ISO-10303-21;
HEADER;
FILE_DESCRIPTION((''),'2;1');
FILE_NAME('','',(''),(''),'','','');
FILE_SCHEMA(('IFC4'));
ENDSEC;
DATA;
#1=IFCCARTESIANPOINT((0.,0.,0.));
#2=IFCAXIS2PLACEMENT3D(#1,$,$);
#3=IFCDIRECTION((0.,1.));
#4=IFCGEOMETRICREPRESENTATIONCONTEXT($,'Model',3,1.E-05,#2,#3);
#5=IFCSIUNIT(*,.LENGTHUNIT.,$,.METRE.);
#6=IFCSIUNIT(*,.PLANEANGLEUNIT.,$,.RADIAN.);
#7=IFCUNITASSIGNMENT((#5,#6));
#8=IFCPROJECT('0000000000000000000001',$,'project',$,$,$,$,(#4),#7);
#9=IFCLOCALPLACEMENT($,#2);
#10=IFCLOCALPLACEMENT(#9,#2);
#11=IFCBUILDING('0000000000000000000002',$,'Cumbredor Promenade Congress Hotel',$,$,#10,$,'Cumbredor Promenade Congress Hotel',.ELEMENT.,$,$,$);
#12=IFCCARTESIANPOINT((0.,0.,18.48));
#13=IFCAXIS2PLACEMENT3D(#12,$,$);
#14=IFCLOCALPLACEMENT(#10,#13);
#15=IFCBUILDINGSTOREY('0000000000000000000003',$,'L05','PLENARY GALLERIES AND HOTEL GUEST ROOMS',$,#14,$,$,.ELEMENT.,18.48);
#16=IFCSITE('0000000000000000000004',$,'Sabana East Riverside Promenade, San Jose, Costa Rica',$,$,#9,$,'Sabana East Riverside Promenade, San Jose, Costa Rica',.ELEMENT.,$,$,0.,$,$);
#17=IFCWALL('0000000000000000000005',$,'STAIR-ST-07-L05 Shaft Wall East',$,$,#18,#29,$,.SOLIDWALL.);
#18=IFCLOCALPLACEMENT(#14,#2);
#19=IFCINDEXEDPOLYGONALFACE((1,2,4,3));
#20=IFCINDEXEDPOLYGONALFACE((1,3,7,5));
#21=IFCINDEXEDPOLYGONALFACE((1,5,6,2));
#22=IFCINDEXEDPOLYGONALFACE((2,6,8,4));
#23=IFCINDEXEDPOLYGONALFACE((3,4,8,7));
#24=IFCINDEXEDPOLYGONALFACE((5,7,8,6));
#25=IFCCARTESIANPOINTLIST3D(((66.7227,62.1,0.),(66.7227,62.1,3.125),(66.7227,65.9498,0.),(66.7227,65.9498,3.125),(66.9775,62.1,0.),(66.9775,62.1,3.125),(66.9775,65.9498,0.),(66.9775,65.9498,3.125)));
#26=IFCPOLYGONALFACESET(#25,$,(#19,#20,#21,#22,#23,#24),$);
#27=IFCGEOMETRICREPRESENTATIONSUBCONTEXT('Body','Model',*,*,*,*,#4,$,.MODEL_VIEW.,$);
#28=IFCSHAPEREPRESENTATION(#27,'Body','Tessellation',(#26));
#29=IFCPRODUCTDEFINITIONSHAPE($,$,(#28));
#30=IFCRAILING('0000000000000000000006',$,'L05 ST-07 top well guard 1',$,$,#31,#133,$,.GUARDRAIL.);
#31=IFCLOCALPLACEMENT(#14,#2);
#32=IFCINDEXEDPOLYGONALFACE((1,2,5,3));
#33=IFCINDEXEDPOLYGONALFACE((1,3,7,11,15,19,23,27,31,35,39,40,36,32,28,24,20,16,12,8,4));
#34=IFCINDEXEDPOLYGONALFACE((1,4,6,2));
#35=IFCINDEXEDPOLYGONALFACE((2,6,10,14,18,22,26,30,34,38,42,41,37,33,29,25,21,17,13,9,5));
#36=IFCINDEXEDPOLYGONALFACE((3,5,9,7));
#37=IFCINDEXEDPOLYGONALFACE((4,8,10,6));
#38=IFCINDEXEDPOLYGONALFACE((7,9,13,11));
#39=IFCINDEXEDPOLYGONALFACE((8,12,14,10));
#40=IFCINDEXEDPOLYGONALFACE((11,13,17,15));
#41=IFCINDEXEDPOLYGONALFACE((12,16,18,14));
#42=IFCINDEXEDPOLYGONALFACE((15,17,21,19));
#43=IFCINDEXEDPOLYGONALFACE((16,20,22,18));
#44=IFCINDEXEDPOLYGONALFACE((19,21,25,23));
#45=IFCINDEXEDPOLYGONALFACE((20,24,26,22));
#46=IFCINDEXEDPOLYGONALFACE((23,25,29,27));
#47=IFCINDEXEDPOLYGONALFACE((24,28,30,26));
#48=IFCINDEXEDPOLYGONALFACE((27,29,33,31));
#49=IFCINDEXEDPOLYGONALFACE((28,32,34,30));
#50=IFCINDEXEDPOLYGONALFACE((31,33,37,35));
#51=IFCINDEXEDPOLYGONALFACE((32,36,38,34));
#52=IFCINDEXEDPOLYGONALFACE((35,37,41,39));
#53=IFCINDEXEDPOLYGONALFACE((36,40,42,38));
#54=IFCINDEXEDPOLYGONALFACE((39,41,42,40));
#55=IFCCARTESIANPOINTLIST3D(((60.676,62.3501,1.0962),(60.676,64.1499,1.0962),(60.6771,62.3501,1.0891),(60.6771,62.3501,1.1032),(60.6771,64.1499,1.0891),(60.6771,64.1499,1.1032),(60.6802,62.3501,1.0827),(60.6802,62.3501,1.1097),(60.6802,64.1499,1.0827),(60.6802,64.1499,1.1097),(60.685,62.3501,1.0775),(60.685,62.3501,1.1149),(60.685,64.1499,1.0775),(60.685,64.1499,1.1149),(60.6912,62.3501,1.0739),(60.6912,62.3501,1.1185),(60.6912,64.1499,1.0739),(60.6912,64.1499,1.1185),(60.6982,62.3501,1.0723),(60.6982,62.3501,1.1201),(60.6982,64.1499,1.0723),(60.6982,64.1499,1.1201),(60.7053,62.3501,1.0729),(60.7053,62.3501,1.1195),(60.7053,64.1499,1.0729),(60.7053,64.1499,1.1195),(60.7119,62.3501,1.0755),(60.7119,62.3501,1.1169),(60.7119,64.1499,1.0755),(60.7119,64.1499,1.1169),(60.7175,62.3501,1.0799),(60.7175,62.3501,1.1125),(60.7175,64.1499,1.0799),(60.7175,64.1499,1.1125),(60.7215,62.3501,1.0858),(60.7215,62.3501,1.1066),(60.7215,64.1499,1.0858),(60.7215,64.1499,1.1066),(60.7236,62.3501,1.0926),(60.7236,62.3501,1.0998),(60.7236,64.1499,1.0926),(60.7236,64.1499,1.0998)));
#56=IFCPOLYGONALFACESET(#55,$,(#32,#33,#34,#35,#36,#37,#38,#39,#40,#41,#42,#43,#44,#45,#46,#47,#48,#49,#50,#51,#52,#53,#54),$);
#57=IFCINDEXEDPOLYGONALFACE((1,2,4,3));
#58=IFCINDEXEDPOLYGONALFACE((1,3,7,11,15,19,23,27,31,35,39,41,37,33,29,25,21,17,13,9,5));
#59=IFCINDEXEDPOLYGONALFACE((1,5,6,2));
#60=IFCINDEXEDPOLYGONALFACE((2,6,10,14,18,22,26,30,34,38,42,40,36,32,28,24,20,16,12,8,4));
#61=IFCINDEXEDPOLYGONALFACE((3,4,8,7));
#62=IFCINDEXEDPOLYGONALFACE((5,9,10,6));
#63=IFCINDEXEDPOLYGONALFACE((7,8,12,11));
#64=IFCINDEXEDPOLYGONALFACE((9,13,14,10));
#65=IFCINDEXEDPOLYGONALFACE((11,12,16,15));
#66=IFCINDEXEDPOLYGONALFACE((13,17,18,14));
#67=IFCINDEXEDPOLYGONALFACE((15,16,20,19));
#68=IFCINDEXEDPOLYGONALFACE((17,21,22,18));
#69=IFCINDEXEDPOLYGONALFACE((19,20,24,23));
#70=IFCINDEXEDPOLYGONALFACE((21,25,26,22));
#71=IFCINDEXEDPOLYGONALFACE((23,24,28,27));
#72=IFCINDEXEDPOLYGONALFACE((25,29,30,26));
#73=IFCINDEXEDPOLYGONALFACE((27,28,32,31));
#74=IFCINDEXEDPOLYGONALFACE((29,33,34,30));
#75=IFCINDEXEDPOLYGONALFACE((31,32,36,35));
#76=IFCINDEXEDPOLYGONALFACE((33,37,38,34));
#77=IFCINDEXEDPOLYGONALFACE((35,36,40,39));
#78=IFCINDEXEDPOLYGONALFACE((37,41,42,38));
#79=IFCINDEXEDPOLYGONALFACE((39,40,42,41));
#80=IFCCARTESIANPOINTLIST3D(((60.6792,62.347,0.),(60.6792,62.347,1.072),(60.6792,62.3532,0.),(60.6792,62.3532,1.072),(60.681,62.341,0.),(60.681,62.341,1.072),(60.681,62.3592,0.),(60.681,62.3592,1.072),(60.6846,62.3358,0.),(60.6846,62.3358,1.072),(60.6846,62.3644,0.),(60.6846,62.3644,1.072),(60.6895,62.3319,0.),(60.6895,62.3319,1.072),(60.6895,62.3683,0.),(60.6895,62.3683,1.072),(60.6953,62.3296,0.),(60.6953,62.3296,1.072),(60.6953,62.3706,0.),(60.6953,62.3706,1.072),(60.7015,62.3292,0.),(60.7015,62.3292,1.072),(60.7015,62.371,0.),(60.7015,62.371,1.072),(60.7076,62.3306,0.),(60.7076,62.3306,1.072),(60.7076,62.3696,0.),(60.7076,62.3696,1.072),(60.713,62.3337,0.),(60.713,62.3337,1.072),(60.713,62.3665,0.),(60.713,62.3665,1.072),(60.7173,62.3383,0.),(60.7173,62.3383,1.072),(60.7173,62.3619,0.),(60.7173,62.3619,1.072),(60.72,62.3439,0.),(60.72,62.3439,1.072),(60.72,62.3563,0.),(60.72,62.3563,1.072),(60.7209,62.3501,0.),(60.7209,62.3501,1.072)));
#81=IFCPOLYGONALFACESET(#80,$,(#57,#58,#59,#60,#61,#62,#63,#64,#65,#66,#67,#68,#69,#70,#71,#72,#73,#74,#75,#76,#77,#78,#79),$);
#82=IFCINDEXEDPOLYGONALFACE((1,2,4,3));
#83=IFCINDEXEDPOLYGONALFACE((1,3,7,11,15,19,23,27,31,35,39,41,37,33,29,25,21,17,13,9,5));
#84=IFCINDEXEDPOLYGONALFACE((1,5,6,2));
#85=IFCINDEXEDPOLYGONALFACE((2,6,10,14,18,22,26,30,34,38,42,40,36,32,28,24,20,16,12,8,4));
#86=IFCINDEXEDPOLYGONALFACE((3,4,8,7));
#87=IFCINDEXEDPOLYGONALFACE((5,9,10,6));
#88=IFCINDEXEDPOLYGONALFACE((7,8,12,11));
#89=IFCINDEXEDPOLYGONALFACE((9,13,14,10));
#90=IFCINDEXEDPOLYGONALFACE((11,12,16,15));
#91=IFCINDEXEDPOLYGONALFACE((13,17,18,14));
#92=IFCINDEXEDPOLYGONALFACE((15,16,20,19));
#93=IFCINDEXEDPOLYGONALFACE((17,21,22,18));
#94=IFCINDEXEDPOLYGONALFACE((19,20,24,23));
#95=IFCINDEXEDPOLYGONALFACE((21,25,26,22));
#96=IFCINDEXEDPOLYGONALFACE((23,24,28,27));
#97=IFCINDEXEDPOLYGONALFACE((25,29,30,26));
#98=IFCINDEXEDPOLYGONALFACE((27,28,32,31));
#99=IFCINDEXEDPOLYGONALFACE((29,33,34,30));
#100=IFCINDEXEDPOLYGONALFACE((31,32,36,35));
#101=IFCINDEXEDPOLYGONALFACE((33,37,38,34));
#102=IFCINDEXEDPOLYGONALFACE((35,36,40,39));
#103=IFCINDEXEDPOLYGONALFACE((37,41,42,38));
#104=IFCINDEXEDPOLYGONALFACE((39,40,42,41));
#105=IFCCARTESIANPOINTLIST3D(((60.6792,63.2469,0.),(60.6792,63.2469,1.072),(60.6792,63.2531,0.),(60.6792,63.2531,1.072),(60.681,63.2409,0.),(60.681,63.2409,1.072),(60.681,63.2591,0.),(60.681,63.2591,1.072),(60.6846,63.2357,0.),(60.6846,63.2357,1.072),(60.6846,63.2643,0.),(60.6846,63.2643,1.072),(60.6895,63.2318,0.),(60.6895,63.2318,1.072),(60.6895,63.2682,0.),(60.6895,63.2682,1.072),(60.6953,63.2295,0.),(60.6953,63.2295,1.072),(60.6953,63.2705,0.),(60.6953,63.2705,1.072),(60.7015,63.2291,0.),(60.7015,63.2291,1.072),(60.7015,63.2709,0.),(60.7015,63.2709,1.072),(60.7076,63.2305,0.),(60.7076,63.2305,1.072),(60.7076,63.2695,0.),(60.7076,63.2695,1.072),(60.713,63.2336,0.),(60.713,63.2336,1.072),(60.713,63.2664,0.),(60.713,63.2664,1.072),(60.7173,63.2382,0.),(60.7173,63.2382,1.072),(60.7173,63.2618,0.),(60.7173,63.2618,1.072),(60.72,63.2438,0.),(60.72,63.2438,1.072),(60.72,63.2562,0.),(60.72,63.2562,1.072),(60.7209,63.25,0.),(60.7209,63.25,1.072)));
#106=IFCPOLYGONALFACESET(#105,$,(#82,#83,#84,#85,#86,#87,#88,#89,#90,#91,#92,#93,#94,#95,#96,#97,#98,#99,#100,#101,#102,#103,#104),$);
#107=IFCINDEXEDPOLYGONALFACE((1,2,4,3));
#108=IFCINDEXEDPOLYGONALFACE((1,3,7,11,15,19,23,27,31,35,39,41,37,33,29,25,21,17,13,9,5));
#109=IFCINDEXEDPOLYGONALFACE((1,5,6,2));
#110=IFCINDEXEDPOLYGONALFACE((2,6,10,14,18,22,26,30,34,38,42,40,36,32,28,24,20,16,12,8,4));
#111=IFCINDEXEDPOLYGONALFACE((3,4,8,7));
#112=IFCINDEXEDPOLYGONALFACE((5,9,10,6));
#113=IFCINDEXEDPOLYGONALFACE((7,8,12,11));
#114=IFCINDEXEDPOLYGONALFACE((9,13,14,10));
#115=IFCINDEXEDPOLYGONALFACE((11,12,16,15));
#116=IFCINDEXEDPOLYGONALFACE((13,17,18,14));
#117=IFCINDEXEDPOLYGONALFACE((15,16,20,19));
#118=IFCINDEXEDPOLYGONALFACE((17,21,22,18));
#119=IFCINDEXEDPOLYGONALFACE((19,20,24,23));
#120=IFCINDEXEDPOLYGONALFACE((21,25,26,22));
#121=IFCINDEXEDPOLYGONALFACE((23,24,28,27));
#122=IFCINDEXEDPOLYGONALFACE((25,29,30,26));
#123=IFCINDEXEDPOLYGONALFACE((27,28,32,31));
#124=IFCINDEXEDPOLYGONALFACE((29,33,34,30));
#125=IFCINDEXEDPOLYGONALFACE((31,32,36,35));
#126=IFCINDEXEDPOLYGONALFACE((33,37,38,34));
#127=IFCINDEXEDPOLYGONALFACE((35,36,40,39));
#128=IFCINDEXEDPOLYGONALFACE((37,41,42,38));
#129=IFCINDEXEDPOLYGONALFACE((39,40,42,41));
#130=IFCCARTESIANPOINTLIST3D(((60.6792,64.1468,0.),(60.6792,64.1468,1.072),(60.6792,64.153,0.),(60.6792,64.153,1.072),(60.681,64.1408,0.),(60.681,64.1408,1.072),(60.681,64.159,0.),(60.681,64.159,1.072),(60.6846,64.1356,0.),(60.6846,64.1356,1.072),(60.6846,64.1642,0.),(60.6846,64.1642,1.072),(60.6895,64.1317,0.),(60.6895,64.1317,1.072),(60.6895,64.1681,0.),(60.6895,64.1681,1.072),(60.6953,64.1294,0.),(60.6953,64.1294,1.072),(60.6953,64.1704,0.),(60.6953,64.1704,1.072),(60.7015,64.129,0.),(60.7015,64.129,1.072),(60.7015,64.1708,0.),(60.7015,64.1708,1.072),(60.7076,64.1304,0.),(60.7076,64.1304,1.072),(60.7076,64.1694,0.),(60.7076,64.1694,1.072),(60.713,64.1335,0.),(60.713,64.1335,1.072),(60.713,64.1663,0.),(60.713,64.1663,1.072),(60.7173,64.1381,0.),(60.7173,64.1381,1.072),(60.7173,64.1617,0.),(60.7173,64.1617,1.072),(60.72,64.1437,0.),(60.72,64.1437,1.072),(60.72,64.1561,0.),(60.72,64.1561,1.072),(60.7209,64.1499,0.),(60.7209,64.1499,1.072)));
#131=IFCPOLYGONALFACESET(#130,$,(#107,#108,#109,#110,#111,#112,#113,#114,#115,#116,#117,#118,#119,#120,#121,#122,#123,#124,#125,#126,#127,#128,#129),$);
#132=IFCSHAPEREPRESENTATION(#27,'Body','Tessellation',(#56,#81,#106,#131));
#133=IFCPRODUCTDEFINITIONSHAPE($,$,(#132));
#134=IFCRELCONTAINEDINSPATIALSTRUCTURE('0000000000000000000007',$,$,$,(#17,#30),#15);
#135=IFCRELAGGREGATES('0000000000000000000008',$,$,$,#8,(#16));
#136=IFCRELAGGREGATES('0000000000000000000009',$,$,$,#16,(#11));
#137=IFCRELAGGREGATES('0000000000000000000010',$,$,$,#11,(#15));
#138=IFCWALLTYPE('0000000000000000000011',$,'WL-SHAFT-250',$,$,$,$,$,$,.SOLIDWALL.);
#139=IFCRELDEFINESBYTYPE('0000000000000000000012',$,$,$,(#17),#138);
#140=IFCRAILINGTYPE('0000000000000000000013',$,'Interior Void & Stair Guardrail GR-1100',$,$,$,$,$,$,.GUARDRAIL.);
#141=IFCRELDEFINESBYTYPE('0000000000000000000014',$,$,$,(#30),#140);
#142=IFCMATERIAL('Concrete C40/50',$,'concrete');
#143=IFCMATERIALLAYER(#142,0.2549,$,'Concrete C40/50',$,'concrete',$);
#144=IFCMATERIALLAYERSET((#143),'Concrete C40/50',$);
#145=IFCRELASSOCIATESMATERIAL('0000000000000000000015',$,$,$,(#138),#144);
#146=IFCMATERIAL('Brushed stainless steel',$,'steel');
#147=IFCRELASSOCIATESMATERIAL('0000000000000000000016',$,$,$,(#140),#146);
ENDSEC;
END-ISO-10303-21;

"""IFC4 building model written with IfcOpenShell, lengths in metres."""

from ifc_helpers import new_model, si_unit, direction, frame, frame_2d, origin, origin_2d, place, context, subcontext, project, spatial, rectangle, circle, extrude, material, layer, layer_set, type_object, element, save


model = new_model("IFC4")

# Units and contexts
model_context = context("Model", 3, precision=1e-05, world=origin(), true_north=direction((0.0, 1.0)))
body_context = subcontext(model_context, "Body", "Model", "MODEL_VIEW")
ifc_project = project(units=[si_unit("LENGTHUNIT", "METRE"), si_unit("PLANEANGLEUNIT", "RADIAN")], contexts=[model_context])

# Site, building, storey
site_placement = place(None, origin())
site = spatial("IfcSite", under=ifc_project, at=site_placement, Name="Sabana East Riverside Promenade, San Jose, Costa Rica", LongName="Sabana East Riverside Promenade, San Jose, Costa Rica", CompositionType="ELEMENT", RefElevation=0.0)
building_placement = place(site_placement, origin())
building = spatial("IfcBuilding", under=site, at=building_placement, Name="Cumbredor Promenade Congress Hotel", LongName="Cumbredor Promenade Congress Hotel", CompositionType="ELEMENT")
storey_placement = place(building_placement, frame((0.0, 0.0, 18.48)))
storey = spatial("IfcBuildingStorey", under=building, at=storey_placement, Name="L05", Description="PLENARY GALLERIES AND HOTEL GUEST ROOMS", CompositionType="ELEMENT", Elevation=18.48)

# Shared definitions
ifc_material_1 = material(Name="Concrete C40/50", Category="concrete")

# Wall
ifc_layer_1 = layer(ifc_material_1, 0.2549, Name="Concrete C40/50", Category="concrete")
ifc_layer_set_1 = layer_set([ifc_layer_1], Name="Concrete C40/50")
wall_type_1 = type_object("IfcWallType", Name="WL-SHAFT-250", PredefinedType="SOLIDWALL", material=ifc_layer_set_1)
for number, where, z_axis, x_axis, name in (
    (1, (66.8501, 62.1001, 0.0), (0.0, 0.0, 1.0), (0.0, 1.0, 0.0), "STAIR-ST-07-L05 Shaft Wall East"),
):
    element("IfcWall", number, at=place(storey_placement, frame(where, z_axis=z_axis, x_axis=x_axis)), inside=storey, type_object=wall_type_1, Name=name, PredefinedType="SOLIDWALL", context=body_context, shape_type="SweptSolid", body=[
        extrude(rectangle(XDim=3.8499, YDim=0.2549, at=frame_2d((1.9248, 0.0))), origin(), (0.0, 0.0, 1.0), 3.125),
    ])

# Railing
ifc_material_2 = material(Name="Brushed stainless steel", Category="steel")
railing_type = type_object("IfcRailingType", Name="Interior Void & Stair Guardrail GR-1100", PredefinedType="GUARDRAIL", material=ifc_material_2)
railing_placement = place(storey_placement, frame((60.7, 62.3501, 0.0)))
element("IfcRailing", 2, at=railing_placement, inside=storey, type_object=railing_type, Name="L05 ST-07 top well guard 1", PredefinedType="GUARDRAIL", context=body_context, shape_type="SweptSolid", body=[
    extrude(circle(Radius=0.0239, at=origin_2d()), frame((0.0, 0.0, 1.0962), z_axis=(0.0, 1.0, 0.0), x_axis=(-1.0, 0.0, 0.0)), (0.0, 0.0, 1.0), 1.7998),
    extrude(circle(Radius=0.021, at=origin_2d()), origin(), (0.0, 0.0, 1.0), 1.072),
    extrude(circle(Radius=0.021, at=origin_2d()), frame((0.0, 0.8999, 0.0)), (0.0, 0.0, 1.0), 1.072),
    extrude(circle(Radius=0.021, at=origin_2d()), frame((0.0, 1.7998, 0.0)), (0.0, 0.0, 1.0), 1.072),
])

save(model, "model.ifc")
